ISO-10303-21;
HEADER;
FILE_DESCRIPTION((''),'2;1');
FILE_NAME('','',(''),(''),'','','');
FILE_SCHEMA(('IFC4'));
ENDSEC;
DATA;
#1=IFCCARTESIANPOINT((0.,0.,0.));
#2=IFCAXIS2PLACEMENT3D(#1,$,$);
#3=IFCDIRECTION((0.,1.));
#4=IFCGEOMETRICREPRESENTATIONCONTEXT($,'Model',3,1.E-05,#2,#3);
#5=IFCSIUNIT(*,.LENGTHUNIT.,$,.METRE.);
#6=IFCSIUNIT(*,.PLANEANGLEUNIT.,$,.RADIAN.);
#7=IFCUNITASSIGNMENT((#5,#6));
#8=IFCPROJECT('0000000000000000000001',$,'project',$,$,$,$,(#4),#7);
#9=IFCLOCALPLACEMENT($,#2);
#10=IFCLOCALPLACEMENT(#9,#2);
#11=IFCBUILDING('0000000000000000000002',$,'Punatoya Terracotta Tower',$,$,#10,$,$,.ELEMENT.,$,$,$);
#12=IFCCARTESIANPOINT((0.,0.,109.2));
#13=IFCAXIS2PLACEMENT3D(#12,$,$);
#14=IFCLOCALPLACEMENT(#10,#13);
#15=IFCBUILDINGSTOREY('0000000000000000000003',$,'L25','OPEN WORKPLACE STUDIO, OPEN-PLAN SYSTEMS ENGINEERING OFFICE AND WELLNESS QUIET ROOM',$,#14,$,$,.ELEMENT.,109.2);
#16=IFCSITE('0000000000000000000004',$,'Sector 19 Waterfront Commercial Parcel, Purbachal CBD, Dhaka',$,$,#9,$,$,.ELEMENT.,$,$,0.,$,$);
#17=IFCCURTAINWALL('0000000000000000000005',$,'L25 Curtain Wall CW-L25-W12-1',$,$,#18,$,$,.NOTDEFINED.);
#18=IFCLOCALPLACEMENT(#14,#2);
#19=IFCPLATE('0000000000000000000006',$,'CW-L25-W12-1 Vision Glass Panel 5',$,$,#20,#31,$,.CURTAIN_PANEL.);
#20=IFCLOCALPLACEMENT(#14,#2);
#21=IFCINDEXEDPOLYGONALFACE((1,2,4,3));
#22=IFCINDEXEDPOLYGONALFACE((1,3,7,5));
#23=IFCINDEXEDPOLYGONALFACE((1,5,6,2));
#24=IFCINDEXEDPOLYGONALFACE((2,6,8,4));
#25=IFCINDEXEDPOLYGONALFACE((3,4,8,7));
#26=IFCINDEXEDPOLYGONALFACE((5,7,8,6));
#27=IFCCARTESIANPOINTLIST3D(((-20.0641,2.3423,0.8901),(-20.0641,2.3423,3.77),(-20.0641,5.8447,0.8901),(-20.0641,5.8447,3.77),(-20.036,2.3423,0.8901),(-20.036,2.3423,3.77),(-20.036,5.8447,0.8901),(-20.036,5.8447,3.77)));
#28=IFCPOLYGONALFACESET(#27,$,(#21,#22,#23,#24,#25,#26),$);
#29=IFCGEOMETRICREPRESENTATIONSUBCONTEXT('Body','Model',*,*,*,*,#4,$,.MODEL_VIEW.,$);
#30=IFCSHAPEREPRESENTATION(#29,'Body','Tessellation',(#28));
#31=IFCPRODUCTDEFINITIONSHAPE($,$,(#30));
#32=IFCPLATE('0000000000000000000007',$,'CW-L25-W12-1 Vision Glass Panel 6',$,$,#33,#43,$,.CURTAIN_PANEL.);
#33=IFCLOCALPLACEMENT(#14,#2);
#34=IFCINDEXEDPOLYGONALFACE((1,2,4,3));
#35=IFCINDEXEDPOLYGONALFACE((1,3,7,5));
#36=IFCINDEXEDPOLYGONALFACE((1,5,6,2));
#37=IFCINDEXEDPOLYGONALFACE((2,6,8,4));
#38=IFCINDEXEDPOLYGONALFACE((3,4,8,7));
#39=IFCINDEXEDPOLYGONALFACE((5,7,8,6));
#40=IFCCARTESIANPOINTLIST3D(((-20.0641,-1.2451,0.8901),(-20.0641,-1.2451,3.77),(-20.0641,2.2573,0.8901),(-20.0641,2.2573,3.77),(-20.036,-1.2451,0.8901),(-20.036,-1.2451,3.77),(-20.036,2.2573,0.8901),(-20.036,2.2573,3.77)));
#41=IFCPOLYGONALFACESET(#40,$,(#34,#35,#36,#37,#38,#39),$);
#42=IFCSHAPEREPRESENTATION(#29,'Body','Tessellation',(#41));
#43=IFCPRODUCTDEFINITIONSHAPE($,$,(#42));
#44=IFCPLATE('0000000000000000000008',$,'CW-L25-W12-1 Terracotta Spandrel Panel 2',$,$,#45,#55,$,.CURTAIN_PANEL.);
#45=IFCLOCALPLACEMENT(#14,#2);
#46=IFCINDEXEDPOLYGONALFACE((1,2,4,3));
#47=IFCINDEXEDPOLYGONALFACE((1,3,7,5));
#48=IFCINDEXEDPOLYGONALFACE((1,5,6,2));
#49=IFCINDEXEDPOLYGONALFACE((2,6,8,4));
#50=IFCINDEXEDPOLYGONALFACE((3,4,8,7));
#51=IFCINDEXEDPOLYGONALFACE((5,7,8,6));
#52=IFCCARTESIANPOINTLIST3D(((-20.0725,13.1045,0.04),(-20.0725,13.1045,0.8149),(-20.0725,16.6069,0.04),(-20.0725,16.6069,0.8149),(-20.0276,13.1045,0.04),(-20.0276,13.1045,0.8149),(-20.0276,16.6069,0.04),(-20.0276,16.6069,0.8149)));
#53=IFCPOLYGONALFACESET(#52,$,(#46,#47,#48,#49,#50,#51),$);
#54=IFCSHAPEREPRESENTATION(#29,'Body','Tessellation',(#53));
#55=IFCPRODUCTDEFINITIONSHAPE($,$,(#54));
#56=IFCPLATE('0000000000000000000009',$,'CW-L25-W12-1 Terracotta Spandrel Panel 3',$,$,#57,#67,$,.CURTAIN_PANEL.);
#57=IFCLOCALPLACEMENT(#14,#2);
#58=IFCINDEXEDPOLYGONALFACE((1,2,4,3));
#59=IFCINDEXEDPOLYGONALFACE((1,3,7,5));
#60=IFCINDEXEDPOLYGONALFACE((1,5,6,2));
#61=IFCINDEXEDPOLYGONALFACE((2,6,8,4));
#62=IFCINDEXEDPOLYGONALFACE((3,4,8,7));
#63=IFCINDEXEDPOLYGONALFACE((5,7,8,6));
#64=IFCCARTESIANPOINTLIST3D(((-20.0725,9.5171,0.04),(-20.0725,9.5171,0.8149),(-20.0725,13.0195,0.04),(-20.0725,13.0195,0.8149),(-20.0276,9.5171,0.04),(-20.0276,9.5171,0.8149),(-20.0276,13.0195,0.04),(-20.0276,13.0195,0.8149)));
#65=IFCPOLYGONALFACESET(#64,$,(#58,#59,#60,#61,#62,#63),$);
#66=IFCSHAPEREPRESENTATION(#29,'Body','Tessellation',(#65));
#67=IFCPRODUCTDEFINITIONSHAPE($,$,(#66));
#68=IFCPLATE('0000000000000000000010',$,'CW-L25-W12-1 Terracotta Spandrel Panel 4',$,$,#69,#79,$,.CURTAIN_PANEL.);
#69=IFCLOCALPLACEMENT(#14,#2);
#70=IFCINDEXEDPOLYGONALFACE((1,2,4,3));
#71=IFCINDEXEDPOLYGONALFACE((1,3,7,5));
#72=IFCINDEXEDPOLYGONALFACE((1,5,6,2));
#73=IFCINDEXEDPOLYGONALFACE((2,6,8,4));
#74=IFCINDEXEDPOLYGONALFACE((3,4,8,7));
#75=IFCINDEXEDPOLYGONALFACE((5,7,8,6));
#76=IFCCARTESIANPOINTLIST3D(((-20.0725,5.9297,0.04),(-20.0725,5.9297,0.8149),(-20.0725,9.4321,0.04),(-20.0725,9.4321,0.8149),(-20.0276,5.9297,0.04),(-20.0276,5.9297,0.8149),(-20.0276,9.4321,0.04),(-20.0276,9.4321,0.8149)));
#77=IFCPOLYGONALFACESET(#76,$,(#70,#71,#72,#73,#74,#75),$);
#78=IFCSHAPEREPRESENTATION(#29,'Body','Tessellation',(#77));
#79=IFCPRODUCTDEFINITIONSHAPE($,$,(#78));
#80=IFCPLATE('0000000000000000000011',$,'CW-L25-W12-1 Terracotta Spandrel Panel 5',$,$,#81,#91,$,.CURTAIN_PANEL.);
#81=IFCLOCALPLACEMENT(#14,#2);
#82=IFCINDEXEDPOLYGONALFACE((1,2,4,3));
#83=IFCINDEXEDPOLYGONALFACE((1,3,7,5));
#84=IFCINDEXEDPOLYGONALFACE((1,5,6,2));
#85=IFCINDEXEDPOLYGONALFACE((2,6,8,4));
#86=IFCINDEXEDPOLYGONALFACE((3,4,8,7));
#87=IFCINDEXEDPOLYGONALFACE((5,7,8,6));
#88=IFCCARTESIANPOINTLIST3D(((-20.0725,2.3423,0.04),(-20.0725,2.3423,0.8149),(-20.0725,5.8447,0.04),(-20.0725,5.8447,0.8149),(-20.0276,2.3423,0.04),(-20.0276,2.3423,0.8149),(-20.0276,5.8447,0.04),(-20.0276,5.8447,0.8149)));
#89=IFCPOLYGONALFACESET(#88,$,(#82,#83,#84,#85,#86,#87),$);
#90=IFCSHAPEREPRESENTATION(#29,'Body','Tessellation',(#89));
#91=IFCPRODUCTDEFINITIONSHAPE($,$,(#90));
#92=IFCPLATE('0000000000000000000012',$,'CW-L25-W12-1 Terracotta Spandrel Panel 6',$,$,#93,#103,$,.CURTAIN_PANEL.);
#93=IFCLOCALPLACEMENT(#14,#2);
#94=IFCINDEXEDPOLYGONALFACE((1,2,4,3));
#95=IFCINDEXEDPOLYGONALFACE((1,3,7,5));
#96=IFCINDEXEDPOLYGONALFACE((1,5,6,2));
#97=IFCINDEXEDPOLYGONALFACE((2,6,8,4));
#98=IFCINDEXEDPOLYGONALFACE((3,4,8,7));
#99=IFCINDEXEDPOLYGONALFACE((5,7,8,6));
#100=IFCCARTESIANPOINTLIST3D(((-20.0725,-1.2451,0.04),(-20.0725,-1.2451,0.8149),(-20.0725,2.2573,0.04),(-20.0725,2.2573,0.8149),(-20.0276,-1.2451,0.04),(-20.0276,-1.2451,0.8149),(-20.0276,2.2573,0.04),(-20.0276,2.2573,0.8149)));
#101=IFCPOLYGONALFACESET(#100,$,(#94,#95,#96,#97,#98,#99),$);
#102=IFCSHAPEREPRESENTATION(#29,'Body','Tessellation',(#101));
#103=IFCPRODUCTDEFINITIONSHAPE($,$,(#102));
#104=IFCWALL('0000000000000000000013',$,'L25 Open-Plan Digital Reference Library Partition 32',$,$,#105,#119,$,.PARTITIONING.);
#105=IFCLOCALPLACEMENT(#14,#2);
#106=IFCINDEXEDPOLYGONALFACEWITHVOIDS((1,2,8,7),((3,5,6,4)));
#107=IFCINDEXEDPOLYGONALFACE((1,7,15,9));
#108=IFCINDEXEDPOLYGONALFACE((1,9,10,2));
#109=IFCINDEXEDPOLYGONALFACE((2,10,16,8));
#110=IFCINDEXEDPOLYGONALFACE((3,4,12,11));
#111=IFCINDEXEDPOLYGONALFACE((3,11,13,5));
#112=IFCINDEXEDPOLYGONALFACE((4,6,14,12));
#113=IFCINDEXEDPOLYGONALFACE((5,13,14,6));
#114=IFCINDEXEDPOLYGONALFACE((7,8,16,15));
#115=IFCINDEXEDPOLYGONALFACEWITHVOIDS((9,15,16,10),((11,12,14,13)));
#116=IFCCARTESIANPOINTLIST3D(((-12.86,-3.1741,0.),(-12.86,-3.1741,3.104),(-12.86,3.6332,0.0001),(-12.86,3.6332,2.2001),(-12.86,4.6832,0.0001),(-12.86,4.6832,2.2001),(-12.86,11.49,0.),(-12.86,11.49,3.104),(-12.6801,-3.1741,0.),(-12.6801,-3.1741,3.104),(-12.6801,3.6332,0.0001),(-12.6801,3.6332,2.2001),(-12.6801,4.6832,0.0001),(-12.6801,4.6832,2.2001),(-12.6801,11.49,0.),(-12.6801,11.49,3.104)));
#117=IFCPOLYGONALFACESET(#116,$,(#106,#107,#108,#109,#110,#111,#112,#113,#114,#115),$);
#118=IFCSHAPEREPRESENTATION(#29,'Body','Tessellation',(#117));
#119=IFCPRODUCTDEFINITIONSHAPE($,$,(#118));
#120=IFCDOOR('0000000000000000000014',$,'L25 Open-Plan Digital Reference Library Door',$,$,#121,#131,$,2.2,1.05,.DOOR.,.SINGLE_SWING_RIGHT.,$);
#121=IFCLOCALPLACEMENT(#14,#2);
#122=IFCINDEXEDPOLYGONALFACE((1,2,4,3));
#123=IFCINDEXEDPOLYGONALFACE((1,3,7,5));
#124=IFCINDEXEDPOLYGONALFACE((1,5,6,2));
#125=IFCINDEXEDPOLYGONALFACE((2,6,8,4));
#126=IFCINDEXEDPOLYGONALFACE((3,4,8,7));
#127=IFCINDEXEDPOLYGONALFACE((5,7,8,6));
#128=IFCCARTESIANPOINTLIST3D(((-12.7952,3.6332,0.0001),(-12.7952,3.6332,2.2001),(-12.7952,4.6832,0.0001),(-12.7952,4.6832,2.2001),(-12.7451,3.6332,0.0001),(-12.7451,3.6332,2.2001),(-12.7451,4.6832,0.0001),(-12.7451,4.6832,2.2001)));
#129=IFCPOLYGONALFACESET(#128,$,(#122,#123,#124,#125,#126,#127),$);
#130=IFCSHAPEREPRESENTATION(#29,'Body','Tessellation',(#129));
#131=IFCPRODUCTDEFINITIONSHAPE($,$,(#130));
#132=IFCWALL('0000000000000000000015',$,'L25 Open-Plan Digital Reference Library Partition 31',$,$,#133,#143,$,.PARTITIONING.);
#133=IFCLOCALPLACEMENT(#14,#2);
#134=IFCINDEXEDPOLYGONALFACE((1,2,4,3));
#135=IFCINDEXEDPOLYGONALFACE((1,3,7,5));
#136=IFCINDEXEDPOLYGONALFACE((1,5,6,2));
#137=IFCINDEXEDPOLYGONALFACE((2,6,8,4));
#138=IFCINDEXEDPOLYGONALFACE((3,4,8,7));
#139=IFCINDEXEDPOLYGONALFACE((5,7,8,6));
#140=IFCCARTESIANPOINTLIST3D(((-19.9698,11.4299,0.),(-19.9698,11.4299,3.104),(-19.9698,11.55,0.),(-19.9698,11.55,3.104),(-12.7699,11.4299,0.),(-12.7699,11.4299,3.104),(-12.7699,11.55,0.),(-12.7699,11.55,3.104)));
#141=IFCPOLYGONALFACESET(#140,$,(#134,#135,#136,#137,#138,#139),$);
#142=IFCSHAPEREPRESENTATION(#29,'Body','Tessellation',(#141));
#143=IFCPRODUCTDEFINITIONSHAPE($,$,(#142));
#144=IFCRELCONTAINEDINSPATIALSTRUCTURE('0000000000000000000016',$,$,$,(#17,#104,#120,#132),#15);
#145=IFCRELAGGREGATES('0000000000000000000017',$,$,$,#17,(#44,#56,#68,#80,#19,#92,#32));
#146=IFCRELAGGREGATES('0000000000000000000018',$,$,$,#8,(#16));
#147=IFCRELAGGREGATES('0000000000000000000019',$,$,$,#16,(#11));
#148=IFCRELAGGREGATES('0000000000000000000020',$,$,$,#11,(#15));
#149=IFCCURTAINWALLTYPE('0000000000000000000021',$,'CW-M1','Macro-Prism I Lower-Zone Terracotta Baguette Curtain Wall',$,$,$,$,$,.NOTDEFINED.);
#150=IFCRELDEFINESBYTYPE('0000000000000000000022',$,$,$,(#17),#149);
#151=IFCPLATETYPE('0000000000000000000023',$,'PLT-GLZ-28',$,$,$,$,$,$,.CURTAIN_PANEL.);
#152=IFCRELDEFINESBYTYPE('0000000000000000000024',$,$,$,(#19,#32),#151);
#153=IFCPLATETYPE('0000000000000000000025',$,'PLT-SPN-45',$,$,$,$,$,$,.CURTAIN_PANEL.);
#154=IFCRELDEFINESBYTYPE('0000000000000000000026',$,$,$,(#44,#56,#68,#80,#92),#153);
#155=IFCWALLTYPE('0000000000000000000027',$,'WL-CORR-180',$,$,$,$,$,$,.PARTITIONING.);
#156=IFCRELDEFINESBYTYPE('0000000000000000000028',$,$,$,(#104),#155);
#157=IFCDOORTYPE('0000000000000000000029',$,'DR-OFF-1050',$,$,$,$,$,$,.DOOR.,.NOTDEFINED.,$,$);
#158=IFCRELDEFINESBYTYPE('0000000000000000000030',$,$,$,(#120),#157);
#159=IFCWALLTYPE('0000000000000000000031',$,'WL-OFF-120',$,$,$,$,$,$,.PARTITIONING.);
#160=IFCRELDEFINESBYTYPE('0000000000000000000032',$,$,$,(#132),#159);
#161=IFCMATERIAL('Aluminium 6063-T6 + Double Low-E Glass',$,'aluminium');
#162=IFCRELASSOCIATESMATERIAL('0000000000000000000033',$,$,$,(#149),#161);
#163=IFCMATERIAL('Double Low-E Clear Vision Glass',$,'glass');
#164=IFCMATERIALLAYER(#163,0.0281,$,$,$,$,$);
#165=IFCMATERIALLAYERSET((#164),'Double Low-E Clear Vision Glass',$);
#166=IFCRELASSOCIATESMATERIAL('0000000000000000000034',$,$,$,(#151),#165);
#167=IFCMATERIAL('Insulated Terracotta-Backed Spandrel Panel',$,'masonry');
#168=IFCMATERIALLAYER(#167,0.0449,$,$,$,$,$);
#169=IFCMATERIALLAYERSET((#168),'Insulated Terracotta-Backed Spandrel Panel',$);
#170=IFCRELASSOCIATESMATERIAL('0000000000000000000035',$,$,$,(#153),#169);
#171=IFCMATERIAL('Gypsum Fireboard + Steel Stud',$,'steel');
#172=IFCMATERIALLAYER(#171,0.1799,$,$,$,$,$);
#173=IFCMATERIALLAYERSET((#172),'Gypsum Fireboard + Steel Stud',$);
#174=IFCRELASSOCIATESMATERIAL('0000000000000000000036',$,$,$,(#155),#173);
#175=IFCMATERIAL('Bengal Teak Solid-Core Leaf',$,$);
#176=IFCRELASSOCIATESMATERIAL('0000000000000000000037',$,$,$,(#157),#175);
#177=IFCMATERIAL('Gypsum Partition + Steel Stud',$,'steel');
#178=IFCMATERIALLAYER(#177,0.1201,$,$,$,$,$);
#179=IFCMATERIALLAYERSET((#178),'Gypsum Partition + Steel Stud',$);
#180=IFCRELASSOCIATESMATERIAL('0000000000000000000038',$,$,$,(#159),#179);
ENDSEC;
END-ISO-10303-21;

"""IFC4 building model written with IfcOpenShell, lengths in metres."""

from ifc_helpers import new_model, si_unit, direction, frame, frame_2d, origin, origin_2d, place, context, subcontext, project, spatial, rectangle, extrude, material, layer, layer_set, type_object, element, fill, aggregate, save


model = new_model("IFC4")

# Units and contexts
model_context = context("Model", 3, precision=1e-05, world=origin(), true_north=direction((0.0, 1.0)))
body_context = subcontext(model_context, "Body", "Model", "MODEL_VIEW")
ifc_project = project(units=[si_unit("LENGTHUNIT", "METRE"), si_unit("PLANEANGLEUNIT", "RADIAN")], contexts=[model_context])

# Site, building, storey
site_placement = place(None, origin())
site = spatial("IfcSite", under=ifc_project, at=site_placement, Name="Sector 19 Waterfront Commercial Parcel, Purbachal CBD, Dhaka", CompositionType="ELEMENT", RefElevation=0.0)
building_placement = place(site_placement, origin())
building = spatial("IfcBuilding", under=site, at=building_placement, Name="Punatoya Terracotta Tower", CompositionType="ELEMENT")
storey_placement = place(building_placement, frame((0.0, 0.0, 109.2)))
storey = spatial("IfcBuildingStorey", under=building, at=storey_placement, Name="L25", Description="OPEN WORKPLACE STUDIO, OPEN-PLAN SYSTEMS ENGINEERING OFFICE AND WELLNESS QUIET ROOM", CompositionType="ELEMENT", Elevation=109.2)

# Curtain wall, plates
ifc_material_1 = material(Name="Aluminium 6063-T6 + Double Low-E Glass", Category="aluminium")
curtain_wall_type = type_object("IfcCurtainWallType", Name="CW-M1", Description="Macro-Prism I Lower-Zone Terracotta Baguette Curtain Wall", PredefinedType="NOTDEFINED", material=ifc_material_1)
curtain_wall_placement = place(storey_placement, origin())
curtain_wall = element("IfcCurtainWall", 1, at=curtain_wall_placement, inside=storey, type_object=curtain_wall_type, Name="L25 Curtain Wall CW-L25-W12-1", PredefinedType="NOTDEFINED")
ifc_material_2 = material(Name="Double Low-E Clear Vision Glass", Category="glass")
ifc_layer_1 = layer(ifc_material_2, 0.0281)
ifc_layer_set_1 = layer_set([ifc_layer_1], Name="Double Low-E Clear Vision Glass")
plate_type_1 = type_object("IfcPlateType", Name="PLT-GLZ-28", PredefinedType="CURTAIN_PANEL", material=ifc_layer_set_1)
plate_1_placement = place(storey_placement, frame((-20.05, 4.0935, 0.8901), z_axis=(0.0, 0.0, 1.0), x_axis=(0.0, -1.0, 0.0)))
plate_1 = element("IfcPlate", 2, at=plate_1_placement, type_object=plate_type_1, Name="CW-L25-W12-1 Vision Glass Panel 5", PredefinedType="CURTAIN_PANEL", context=body_context, shape_type="SweptSolid", body=[
    extrude(rectangle(XDim=3.5024, YDim=0.0281, at=origin_2d()), origin(), (0.0, 0.0, 1.0), 2.8799),
])
plate_2_placement = place(storey_placement, frame((-20.05, 0.5061, 0.8901), z_axis=(0.0, 0.0, 1.0), x_axis=(0.0, -1.0, 0.0)))
plate_2 = element("IfcPlate", 3, at=plate_2_placement, type_object=plate_type_1, Name="CW-L25-W12-1 Vision Glass Panel 6", PredefinedType="CURTAIN_PANEL", context=body_context, shape_type="SweptSolid", body=[
    extrude(rectangle(XDim=3.5024, YDim=0.0281, at=origin_2d()), origin(), (0.0, 0.0, 1.0), 2.8799),
])
ifc_material_3 = material(Name="Insulated Terracotta-Backed Spandrel Panel", Category="masonry")
ifc_layer_2 = layer(ifc_material_3, 0.0449)
ifc_layer_set_2 = layer_set([ifc_layer_2], Name="Insulated Terracotta-Backed Spandrel Panel")
plate_type_2 = type_object("IfcPlateType", Name="PLT-SPN-45", PredefinedType="CURTAIN_PANEL", material=ifc_layer_set_2)
plate_3_placement = place(storey_placement, frame((-20.05, 14.8557, 0.04), z_axis=(0.0, 0.0, 1.0), x_axis=(0.0, -1.0, 0.0)))
plate_3 = element("IfcPlate", 4, at=plate_3_placement, type_object=plate_type_2, Name="CW-L25-W12-1 Terracotta Spandrel Panel 2", PredefinedType="CURTAIN_PANEL", context=body_context, shape_type="SweptSolid", body=[
    extrude(rectangle(XDim=3.5024, YDim=0.0449, at=origin_2d()), origin(), (0.0, 0.0, 1.0), 0.7749),
])
plate_4_placement = place(storey_placement, frame((-20.05, 11.2683, 0.04), z_axis=(0.0, 0.0, 1.0), x_axis=(0.0, -1.0, 0.0)))
plate_4 = element("IfcPlate", 5, at=plate_4_placement, type_object=plate_type_2, Name="CW-L25-W12-1 Terracotta Spandrel Panel 3", PredefinedType="CURTAIN_PANEL", context=body_context, shape_type="SweptSolid", body=[
    extrude(rectangle(XDim=3.5024, YDim=0.0449, at=origin_2d()), origin(), (0.0, 0.0, 1.0), 0.7749),
])
plate_5_placement = place(storey_placement, frame((-20.05, 7.6809, 0.04), z_axis=(0.0, 0.0, 1.0), x_axis=(0.0, -1.0, 0.0)))
plate_5 = element("IfcPlate", 6, at=plate_5_placement, type_object=plate_type_2, Name="CW-L25-W12-1 Terracotta Spandrel Panel 4", PredefinedType="CURTAIN_PANEL", context=body_context, shape_type="SweptSolid", body=[
    extrude(rectangle(XDim=3.5024, YDim=0.0449, at=origin_2d()), origin(), (0.0, 0.0, 1.0), 0.7749),
])
plate_6_placement = place(storey_placement, frame((-20.05, 4.0935, 0.04), z_axis=(0.0, 0.0, 1.0), x_axis=(0.0, -1.0, 0.0)))
plate_6 = element("IfcPlate", 7, at=plate_6_placement, type_object=plate_type_2, Name="CW-L25-W12-1 Terracotta Spandrel Panel 5", PredefinedType="CURTAIN_PANEL", context=body_context, shape_type="SweptSolid", body=[
    extrude(rectangle(XDim=3.5024, YDim=0.0449, at=origin_2d()), origin(), (0.0, 0.0, 1.0), 0.7749),
])
plate_7_placement = place(storey_placement, frame((-20.05, 0.5061, 0.04), z_axis=(0.0, 0.0, 1.0), x_axis=(0.0, -1.0, 0.0)))
plate_7 = element("IfcPlate", 8, at=plate_7_placement, type_object=plate_type_2, Name="CW-L25-W12-1 Terracotta Spandrel Panel 6", PredefinedType="CURTAIN_PANEL", context=body_context, shape_type="SweptSolid", body=[
    extrude(rectangle(XDim=3.5024, YDim=0.0449, at=origin_2d()), origin(), (0.0, 0.0, 1.0), 0.7749),
])
aggregate(curtain_wall, [plate_3, plate_4, plate_5, plate_6, plate_1, plate_7, plate_2])

# Wall, opening, door
ifc_material_4 = material(Name="Gypsum Fireboard + Steel Stud", Category="steel")
ifc_layer_3 = layer(ifc_material_4, 0.1799)
ifc_layer_set_3 = layer_set([ifc_layer_3], Name="Gypsum Fireboard + Steel Stud")
wall_type_1 = type_object("IfcWallType", Name="WL-CORR-180", PredefinedType="PARTITIONING", material=ifc_layer_set_3)
wall_1_placement = place(storey_placement, frame((-12.77, 11.49, 0.0), z_axis=(0.0, 0.0, 1.0), x_axis=(0.0, -1.0, 0.0)))
wall_1 = element("IfcWall", 9, at=wall_1_placement, inside=storey, type_object=wall_type_1, Name="L25 Open-Plan Digital Reference Library Partition 32", PredefinedType="PARTITIONING", context=body_context, shape_type="SweptSolid", body=[
    extrude(rectangle(XDim=14.6641, YDim=0.1799, at=frame_2d((7.332, 0.0))), origin(), (0.0, 0.0, 1.0), 3.104),
])
opening_placement = place(wall_1_placement, frame((6.8069, 0.0, 0.0)))
opening = element("IfcOpeningElement", 10, at=opening_placement, cuts=wall_1, PredefinedType="OPENING", context=body_context, shape_type="SweptSolid", body=[
    extrude(rectangle(XDim=1.05, YDim=2.2, at=frame_2d((0.5249, 1.1001))), frame((0.0, 0.0999, 0.0), z_axis=(0.0, -1.0, 0.0), x_axis=(1.0, 0.0, 0.0)), (0.0, 0.0, 1.0), 0.2),
])
ifc_material_5 = material(Name="Bengal Teak Solid-Core Leaf")
door_type = type_object("IfcDoorType", Name="DR-OFF-1050", OperationType="NOTDEFINED", PredefinedType="DOOR", material=ifc_material_5)
door_placement = place(opening_placement, origin())
door = element("IfcDoor", 11, at=door_placement, inside=storey, type_object=door_type, Name="L25 Open-Plan Digital Reference Library Door", OperationType="SINGLE_SWING_RIGHT", OverallHeight=2.2, OverallWidth=1.05, PredefinedType="DOOR", context=body_context, shape_type="SweptSolid", body=[
    extrude(rectangle(XDim=1.05, YDim=2.2, at=frame_2d((0.5249, 1.1001))), frame((0.0, 0.0249, 0.0), z_axis=(0.0, -1.0, 0.0), x_axis=(1.0, 0.0, 0.0)), (0.0, 0.0, 1.0), 0.05),
])
fill(opening, door)

# Wall
ifc_material_6 = material(Name="Gypsum Partition + Steel Stud", Category="steel")
ifc_layer_4 = layer(ifc_material_6, 0.1201)
ifc_layer_set_4 = layer_set([ifc_layer_4], Name="Gypsum Partition + Steel Stud")
wall_type_2 = type_object("IfcWallType", Name="WL-OFF-120", PredefinedType="PARTITIONING", material=ifc_layer_set_4)
wall_2_placement = place(storey_placement, frame((-19.97, 11.49, 0.0), z_axis=(0.0, 0.0, 1.0), x_axis=(1.0, 0.0, 0.0)))
element("IfcWall", 12, at=wall_2_placement, inside=storey, type_object=wall_type_2, Name="L25 Open-Plan Digital Reference Library Partition 31", PredefinedType="PARTITIONING", context=body_context, shape_type="SweptSolid", body=[
    extrude(rectangle(XDim=7.2, YDim=0.1201, at=frame_2d((3.6001, 0.0))), origin(), (0.0, 0.0, 1.0), 3.104),
])

save(model, "model.ifc")
